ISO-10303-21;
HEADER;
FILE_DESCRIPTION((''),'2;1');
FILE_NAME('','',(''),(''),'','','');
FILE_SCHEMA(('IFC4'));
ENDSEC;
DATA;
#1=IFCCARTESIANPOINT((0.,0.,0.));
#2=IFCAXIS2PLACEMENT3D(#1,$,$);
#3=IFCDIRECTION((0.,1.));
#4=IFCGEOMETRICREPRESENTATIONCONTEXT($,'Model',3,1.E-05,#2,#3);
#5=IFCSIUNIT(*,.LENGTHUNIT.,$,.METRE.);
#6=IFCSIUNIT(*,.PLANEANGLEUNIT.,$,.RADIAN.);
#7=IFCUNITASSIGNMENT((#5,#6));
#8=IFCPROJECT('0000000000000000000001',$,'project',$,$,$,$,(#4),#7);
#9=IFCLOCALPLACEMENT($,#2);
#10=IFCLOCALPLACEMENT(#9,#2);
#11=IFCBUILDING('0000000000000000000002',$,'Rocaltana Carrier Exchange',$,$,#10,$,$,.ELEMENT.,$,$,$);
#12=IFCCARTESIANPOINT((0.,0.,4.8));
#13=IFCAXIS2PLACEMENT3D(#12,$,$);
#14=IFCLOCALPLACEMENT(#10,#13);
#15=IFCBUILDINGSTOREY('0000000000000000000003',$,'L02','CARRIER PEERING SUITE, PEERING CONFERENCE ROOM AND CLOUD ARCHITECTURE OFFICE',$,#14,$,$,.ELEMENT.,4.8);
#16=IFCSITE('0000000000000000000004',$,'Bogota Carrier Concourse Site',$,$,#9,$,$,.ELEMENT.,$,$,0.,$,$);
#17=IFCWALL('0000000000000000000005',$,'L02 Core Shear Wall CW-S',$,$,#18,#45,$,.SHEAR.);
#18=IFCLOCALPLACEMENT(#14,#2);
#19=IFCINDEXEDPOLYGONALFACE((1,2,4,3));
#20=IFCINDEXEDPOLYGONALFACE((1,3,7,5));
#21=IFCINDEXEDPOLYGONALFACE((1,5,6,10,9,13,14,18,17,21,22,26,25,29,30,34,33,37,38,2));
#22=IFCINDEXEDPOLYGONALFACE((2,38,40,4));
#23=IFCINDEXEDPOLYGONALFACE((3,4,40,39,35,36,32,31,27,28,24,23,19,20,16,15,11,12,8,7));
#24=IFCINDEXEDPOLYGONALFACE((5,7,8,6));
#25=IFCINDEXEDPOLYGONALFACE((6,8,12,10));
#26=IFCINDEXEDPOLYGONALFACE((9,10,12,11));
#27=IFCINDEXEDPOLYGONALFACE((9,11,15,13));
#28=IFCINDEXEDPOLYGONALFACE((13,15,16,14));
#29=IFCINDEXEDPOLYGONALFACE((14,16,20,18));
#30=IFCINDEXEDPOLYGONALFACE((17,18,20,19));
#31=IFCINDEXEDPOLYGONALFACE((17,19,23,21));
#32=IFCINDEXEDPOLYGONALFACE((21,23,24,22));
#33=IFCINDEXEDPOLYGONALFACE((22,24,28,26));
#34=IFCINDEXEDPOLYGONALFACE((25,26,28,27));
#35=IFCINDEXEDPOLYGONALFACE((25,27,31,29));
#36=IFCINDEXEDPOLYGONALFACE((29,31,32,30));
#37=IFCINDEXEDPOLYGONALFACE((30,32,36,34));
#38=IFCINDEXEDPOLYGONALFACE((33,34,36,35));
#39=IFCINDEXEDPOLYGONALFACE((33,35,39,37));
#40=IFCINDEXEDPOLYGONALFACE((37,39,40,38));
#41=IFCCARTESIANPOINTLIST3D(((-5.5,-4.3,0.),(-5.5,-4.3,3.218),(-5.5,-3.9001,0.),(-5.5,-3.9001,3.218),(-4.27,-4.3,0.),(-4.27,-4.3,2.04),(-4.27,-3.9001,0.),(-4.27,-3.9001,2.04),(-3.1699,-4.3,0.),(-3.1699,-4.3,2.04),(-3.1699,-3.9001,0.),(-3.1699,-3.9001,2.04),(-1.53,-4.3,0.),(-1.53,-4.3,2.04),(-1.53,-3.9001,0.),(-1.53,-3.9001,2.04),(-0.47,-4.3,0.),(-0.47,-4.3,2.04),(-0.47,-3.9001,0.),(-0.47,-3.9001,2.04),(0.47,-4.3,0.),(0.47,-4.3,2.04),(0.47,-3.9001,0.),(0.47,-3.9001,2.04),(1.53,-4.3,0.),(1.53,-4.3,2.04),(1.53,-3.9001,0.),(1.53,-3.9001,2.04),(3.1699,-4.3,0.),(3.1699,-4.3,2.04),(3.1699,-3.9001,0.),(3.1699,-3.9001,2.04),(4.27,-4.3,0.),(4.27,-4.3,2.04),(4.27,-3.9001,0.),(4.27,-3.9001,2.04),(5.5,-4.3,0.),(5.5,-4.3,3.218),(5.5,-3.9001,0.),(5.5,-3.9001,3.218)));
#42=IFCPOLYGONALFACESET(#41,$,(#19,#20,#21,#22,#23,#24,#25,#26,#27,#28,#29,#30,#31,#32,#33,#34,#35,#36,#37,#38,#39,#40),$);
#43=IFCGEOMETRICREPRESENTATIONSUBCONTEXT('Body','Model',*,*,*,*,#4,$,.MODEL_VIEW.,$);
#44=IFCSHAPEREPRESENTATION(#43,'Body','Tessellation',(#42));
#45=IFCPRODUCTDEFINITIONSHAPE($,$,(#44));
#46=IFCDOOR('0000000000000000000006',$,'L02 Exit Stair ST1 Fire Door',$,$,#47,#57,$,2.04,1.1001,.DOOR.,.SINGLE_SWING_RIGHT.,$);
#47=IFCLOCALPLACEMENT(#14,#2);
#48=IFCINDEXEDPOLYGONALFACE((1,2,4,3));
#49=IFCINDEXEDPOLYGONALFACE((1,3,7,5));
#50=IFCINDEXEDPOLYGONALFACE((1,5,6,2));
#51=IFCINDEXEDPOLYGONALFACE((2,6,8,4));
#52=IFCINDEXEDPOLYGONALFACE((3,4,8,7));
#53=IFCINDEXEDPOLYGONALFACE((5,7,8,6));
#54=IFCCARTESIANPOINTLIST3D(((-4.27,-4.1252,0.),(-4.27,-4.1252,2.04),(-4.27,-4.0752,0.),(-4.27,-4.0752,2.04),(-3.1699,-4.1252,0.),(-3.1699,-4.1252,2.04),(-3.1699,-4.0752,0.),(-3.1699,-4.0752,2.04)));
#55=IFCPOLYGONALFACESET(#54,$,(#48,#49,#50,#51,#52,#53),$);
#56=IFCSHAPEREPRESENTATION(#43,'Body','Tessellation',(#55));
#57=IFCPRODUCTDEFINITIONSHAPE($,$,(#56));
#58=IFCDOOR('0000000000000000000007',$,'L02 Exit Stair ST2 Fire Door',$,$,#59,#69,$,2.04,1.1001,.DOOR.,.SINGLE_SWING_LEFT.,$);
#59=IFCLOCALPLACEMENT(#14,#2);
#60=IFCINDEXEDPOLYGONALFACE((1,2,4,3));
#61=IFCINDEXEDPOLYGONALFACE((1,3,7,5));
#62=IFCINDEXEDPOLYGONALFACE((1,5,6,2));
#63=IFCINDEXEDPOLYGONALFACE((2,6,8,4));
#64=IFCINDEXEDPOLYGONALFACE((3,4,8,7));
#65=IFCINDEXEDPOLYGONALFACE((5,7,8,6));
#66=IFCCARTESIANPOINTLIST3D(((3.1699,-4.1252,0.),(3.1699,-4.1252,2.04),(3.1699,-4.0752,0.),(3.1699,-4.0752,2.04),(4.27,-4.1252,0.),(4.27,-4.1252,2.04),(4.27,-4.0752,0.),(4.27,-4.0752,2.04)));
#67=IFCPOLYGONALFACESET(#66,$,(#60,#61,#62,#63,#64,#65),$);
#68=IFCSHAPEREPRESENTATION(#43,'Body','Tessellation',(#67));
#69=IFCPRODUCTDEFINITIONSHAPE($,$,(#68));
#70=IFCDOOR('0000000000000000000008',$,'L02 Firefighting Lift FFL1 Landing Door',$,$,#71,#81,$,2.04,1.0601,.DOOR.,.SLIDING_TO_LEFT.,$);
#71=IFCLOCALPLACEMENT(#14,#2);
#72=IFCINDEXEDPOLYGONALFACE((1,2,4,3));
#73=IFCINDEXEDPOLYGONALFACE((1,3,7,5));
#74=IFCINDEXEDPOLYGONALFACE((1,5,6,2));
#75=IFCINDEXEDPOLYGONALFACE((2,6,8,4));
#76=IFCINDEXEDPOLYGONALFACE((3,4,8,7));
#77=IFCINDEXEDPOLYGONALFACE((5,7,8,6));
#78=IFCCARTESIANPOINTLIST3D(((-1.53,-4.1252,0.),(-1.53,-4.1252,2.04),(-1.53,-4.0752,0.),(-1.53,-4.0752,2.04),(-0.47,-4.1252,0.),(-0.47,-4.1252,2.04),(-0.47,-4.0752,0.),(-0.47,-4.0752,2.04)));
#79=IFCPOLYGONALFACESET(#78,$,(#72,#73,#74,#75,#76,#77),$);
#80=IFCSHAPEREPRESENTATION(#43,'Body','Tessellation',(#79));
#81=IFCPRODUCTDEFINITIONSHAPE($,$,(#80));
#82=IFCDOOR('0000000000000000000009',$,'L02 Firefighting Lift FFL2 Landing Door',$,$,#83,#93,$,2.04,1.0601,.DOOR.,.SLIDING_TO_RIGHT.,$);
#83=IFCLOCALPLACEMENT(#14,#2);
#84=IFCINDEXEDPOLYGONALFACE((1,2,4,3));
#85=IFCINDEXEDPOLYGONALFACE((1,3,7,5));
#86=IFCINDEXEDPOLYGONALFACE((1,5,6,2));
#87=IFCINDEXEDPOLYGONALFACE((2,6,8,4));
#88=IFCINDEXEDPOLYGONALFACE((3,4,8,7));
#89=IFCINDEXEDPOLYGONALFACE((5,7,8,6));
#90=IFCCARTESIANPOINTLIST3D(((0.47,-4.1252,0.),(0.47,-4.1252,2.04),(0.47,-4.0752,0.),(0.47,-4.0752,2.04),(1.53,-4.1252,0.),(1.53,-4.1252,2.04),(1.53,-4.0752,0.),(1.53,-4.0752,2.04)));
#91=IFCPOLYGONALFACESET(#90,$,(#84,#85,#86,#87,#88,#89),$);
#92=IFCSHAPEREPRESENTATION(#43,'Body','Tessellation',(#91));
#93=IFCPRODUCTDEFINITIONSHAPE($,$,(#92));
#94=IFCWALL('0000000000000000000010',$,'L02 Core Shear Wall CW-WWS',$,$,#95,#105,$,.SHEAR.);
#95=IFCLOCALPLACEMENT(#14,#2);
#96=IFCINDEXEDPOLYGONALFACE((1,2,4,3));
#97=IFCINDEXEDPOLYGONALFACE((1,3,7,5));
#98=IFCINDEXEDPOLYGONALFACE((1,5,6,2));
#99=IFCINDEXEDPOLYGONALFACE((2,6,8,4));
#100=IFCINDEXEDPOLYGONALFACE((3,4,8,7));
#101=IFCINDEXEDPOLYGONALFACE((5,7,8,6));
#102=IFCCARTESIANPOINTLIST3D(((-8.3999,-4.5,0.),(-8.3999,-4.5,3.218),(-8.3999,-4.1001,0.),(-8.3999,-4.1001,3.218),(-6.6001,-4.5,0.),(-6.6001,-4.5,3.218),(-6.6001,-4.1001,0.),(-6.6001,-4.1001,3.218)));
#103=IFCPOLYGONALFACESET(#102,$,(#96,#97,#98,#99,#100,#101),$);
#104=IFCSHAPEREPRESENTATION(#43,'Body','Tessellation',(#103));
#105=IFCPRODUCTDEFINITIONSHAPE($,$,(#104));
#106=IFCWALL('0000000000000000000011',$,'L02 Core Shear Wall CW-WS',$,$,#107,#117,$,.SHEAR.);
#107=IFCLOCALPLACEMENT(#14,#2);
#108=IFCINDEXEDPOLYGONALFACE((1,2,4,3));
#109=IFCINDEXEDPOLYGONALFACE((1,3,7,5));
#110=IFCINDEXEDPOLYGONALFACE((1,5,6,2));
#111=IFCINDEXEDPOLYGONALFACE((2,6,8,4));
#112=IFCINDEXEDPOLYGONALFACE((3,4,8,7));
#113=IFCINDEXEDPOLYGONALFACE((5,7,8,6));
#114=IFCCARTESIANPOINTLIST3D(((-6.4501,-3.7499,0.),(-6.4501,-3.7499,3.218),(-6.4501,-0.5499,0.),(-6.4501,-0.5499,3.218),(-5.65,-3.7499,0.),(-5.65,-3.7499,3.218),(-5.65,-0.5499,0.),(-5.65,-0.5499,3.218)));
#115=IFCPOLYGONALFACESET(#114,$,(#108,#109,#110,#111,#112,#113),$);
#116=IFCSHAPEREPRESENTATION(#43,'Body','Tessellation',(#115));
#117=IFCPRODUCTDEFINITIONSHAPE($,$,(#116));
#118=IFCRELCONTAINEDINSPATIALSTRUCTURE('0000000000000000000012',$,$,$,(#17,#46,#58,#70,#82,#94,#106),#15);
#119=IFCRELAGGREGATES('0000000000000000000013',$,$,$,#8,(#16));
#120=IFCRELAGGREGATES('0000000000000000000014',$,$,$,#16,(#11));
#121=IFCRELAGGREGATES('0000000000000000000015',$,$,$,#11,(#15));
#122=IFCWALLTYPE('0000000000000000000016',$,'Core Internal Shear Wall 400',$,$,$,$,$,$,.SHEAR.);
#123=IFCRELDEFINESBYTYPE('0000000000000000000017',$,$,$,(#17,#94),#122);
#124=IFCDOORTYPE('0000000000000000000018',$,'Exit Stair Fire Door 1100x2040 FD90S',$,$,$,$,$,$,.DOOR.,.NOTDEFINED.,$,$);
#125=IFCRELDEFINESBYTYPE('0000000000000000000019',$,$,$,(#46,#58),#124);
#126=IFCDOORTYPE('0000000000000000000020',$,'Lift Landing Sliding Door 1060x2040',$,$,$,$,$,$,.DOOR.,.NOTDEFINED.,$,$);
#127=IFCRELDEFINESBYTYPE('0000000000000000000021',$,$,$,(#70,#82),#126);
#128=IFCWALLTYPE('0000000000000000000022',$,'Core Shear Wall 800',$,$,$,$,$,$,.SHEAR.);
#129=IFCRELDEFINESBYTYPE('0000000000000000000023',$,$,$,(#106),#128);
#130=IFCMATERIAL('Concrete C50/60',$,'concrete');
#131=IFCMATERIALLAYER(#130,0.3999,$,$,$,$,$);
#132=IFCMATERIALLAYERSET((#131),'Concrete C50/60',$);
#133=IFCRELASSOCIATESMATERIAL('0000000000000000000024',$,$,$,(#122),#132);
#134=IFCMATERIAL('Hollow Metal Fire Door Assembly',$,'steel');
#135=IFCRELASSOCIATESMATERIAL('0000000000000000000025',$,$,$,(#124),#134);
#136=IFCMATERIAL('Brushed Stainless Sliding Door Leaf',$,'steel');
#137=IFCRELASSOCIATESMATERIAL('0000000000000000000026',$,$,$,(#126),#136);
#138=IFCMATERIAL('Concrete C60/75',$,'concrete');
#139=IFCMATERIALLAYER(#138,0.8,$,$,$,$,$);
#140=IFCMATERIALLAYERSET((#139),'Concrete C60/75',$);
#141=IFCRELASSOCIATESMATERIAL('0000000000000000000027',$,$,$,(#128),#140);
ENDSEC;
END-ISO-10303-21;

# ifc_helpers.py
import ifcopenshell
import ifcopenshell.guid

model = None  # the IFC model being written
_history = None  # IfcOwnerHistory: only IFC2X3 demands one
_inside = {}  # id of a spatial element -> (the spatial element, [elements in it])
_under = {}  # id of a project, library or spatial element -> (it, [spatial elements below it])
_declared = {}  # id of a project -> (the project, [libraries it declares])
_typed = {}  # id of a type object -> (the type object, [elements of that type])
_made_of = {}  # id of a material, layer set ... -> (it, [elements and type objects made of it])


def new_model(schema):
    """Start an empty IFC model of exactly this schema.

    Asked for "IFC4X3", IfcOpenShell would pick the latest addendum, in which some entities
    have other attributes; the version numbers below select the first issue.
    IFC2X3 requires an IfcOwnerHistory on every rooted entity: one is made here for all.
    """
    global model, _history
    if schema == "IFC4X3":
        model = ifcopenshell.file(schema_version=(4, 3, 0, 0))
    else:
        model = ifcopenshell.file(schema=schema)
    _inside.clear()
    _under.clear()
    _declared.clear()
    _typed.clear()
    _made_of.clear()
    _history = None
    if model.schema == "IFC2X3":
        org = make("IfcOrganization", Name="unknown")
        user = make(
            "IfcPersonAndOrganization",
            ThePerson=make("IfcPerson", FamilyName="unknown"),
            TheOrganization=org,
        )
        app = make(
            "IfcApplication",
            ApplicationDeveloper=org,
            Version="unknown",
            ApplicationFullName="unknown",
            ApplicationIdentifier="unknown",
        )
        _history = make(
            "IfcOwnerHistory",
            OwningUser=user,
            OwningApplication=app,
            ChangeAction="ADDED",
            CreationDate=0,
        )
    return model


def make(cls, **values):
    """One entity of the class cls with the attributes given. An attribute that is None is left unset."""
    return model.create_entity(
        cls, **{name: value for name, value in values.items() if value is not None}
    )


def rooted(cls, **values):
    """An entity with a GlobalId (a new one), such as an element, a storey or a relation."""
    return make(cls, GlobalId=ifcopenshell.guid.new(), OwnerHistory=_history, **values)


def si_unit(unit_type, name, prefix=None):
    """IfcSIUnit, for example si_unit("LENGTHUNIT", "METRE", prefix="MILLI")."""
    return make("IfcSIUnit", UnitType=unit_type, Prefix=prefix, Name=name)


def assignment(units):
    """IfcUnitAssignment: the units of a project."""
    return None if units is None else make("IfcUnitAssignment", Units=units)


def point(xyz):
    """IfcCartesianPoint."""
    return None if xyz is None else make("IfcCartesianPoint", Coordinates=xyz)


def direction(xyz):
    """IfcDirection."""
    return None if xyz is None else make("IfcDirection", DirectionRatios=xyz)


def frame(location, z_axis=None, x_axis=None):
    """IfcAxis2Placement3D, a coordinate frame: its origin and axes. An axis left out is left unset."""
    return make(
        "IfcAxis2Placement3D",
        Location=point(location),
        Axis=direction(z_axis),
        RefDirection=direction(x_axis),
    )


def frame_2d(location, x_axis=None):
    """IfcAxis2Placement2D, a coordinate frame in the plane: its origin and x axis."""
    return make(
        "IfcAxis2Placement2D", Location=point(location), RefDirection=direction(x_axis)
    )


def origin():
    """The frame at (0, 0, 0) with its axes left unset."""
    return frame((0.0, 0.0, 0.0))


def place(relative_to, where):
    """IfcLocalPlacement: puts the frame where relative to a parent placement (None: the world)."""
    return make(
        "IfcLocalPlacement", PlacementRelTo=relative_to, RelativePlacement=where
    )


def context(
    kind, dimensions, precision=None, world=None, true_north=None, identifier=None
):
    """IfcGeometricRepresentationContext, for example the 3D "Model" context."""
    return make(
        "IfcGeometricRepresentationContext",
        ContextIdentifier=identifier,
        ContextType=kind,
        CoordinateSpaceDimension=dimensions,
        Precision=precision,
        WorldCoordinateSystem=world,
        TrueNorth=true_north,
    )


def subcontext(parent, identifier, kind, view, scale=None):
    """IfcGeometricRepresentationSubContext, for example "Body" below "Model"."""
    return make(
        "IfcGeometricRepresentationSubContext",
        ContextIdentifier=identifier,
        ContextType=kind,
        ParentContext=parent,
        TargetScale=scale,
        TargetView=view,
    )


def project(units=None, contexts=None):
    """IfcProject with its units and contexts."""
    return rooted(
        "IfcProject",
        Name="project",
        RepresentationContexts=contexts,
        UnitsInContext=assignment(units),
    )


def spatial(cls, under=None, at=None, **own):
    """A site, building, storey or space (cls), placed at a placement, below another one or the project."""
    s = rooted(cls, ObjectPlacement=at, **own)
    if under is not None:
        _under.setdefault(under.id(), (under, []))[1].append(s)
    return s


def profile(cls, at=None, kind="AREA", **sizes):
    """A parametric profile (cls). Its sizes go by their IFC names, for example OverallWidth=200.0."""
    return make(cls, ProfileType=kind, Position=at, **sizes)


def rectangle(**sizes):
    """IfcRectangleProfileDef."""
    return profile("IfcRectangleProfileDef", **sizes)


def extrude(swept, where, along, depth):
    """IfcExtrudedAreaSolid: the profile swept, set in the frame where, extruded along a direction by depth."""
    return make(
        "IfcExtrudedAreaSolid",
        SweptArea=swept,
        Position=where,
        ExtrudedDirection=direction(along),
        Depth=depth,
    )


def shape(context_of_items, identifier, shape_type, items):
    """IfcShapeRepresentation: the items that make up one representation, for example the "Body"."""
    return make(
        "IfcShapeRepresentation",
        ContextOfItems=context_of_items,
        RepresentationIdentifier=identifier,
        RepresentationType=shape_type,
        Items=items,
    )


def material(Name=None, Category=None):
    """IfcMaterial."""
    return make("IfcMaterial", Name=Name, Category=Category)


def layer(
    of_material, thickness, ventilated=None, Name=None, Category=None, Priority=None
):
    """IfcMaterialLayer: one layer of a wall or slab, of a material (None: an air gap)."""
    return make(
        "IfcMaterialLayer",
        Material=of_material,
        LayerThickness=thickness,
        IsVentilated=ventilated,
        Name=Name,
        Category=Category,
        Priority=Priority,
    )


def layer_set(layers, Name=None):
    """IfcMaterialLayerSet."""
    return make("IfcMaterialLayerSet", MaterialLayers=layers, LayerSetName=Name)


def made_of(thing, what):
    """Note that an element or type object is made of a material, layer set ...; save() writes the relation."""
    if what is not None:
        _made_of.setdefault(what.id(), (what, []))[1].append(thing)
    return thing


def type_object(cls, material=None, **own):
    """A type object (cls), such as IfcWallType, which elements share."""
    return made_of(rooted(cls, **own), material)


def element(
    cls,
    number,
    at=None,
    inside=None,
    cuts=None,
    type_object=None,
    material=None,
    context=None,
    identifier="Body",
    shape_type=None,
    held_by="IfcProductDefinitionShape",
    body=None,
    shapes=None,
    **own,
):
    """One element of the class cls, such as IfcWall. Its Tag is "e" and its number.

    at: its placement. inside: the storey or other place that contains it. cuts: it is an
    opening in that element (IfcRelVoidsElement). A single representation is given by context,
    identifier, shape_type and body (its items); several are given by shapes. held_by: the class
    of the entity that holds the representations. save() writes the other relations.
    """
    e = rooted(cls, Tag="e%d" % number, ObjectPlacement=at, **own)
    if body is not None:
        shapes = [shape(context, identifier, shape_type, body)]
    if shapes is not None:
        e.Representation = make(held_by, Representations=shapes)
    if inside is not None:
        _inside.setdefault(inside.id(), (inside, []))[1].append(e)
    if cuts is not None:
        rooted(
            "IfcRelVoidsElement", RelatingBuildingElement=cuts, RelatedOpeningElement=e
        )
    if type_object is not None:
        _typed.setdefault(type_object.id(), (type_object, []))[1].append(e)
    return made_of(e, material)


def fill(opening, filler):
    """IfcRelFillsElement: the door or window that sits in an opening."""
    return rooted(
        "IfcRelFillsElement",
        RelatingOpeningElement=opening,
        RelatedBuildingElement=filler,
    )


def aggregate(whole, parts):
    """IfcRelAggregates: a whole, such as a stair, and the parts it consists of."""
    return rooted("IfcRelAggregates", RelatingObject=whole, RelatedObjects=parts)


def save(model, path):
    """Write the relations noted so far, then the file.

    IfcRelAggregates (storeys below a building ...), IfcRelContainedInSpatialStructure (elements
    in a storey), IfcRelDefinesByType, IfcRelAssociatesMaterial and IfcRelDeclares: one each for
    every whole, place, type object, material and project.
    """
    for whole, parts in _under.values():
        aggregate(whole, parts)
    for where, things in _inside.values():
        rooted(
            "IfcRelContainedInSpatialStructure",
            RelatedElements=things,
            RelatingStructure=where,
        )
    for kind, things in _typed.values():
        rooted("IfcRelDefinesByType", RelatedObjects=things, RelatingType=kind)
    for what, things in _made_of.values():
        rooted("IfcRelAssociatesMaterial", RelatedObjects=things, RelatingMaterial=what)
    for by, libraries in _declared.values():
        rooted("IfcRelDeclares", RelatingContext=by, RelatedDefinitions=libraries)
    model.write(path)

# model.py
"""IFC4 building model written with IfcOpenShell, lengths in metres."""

from ifc_helpers import new_model, si_unit, direction, frame, frame_2d, origin, place, context, subcontext, project, spatial, rectangle, extrude, material, layer, layer_set, type_object, element, fill, save


model = new_model("IFC4")

# Units and contexts
model_context = context("Model", 3, precision=1e-05, world=origin(), true_north=direction((0.0, 1.0)))
body_context = subcontext(model_context, "Body", "Model", "MODEL_VIEW")
ifc_project = project(units=[si_unit("LENGTHUNIT", "METRE"), si_unit("PLANEANGLEUNIT", "RADIAN")], contexts=[model_context])

# Site, building, storey
site_placement = place(None, origin())
site = spatial("IfcSite", under=ifc_project, at=site_placement, Name="Bogota Carrier Concourse Site", CompositionType="ELEMENT", RefElevation=0.0)
building_placement = place(site_placement, origin())
building = spatial("IfcBuilding", under=site, at=building_placement, Name="Rocaltana Carrier Exchange", CompositionType="ELEMENT")
storey_placement = place(building_placement, frame((0.0, 0.0, 4.8)))
storey = spatial("IfcBuildingStorey", under=building, at=storey_placement, Name="L02", Description="CARRIER PEERING SUITE, PEERING CONFERENCE ROOM AND CLOUD ARCHITECTURE OFFICE", CompositionType="ELEMENT", Elevation=4.8)

# Wall, openings, doors
ifc_material_1 = material(Name="Concrete C50/60", Category="concrete")
ifc_layer_1 = layer(ifc_material_1, 0.3999)
ifc_layer_set_1 = layer_set([ifc_layer_1], Name="Concrete C50/60")
wall_type_1 = type_object("IfcWallType", Name="Core Internal Shear Wall 400", PredefinedType="SHEAR", material=ifc_layer_set_1)
wall_1_placement = place(storey_placement, frame((-5.5, -4.1001, 0.0), z_axis=(0.0, 0.0, 1.0), x_axis=(1.0, 0.0, 0.0)))
wall_1 = element("IfcWall", 1, at=wall_1_placement, inside=storey, type_object=wall_type_1, Name="L02 Core Shear Wall CW-S", PredefinedType="SHEAR", context=body_context, shape_type="SweptSolid", body=[
    extrude(rectangle(XDim=11.0, YDim=0.3999, at=frame_2d((5.5, 0.0))), origin(), (0.0, 0.0, 1.0), 3.218),
])
opening_1_placement = place(wall_1_placement, frame((1.23, 0.0, 0.0)))
opening_1 = element("IfcOpeningElement", 2, at=opening_1_placement, cuts=wall_1, PredefinedType="OPENING", context=body_context, shape_type="SweptSolid", body=[
    extrude(rectangle(XDim=1.1001, YDim=2.04, at=frame_2d((0.55, 1.02))), frame((0.0, 0.21, 0.0), z_axis=(0.0, -1.0, 0.0), x_axis=(1.0, 0.0, 0.0)), (0.0, 0.0, 1.0), 0.4199),
])
opening_2_placement = place(wall_1_placement, frame((8.6699, 0.0, 0.0)))
opening_2 = element("IfcOpeningElement", 3, at=opening_2_placement, cuts=wall_1, PredefinedType="OPENING", context=body_context, shape_type="SweptSolid", body=[
    extrude(rectangle(XDim=1.1001, YDim=2.04, at=frame_2d((0.55, 1.02))), frame((0.0, 0.21, 0.0), z_axis=(0.0, -1.0, 0.0), x_axis=(1.0, 0.0, 0.0)), (0.0, 0.0, 1.0), 0.4199),
])
opening_3_placement = place(wall_1_placement, frame((3.97, 0.0, 0.0)))
opening_3 = element("IfcOpeningElement", 4, at=opening_3_placement, cuts=wall_1, PredefinedType="OPENING", context=body_context, shape_type="SweptSolid", body=[
    extrude(rectangle(XDim=1.0601, YDim=2.04, at=frame_2d((0.53, 1.02))), frame((0.0, 0.21, 0.0), z_axis=(0.0, -1.0, 0.0), x_axis=(1.0, 0.0, 0.0)), (0.0, 0.0, 1.0), 0.4199),
])
opening_4_placement = place(wall_1_placement, frame((5.97, 0.0, 0.0)))
opening_4 = element("IfcOpeningElement", 5, at=opening_4_placement, cuts=wall_1, PredefinedType="OPENING", context=body_context, shape_type="SweptSolid", body=[
    extrude(rectangle(XDim=1.0601, YDim=2.04, at=frame_2d((0.53, 1.02))), frame((0.0, 0.21, 0.0), z_axis=(0.0, -1.0, 0.0), x_axis=(1.0, 0.0, 0.0)), (0.0, 0.0, 1.0), 0.4199),
])
ifc_material_2 = material(Name="Hollow Metal Fire Door Assembly", Category="steel")
door_type_1 = type_object("IfcDoorType", Name="Exit Stair Fire Door 1100x2040 FD90S", OperationType="NOTDEFINED", PredefinedType="DOOR", material=ifc_material_2)
door_1_placement = place(opening_1_placement, origin())
door_1 = element("IfcDoor", 6, at=door_1_placement, inside=storey, type_object=door_type_1, Name="L02 Exit Stair ST1 Fire Door", OperationType="SINGLE_SWING_RIGHT", OverallHeight=2.04, OverallWidth=1.1001, PredefinedType="DOOR", context=body_context, shape_type="SweptSolid", body=[
    extrude(rectangle(XDim=1.1001, YDim=2.04, at=frame_2d((0.55, 1.02))), frame((0.0, 0.0249, 0.0), z_axis=(0.0, -1.0, 0.0), x_axis=(1.0, 0.0, 0.0)), (0.0, 0.0, 1.0), 0.05),
])
fill(opening_1, door_1)
door_2_placement = place(opening_2_placement, origin())
door_2 = element("IfcDoor", 7, at=door_2_placement, inside=storey, type_object=door_type_1, Name="L02 Exit Stair ST2 Fire Door", OperationType="SINGLE_SWING_LEFT", OverallHeight=2.04, OverallWidth=1.1001, PredefinedType="DOOR", context=body_context, shape_type="SweptSolid", body=[
    extrude(rectangle(XDim=1.1001, YDim=2.04, at=frame_2d((0.55, 1.02))), frame((0.0, 0.0249, 0.0), z_axis=(0.0, -1.0, 0.0), x_axis=(1.0, 0.0, 0.0)), (0.0, 0.0, 1.0), 0.05),
])
fill(opening_2, door_2)
ifc_material_3 = material(Name="Brushed Stainless Sliding Door Leaf", Category="steel")
door_type_2 = type_object("IfcDoorType", Name="Lift Landing Sliding Door 1060x2040", OperationType="NOTDEFINED", PredefinedType="DOOR", material=ifc_material_3)
door_3_placement = place(opening_3_placement, origin())
door_3 = element("IfcDoor", 8, at=door_3_placement, inside=storey, type_object=door_type_2, Name="L02 Firefighting Lift FFL1 Landing Door", OperationType="SLIDING_TO_LEFT", OverallHeight=2.04, OverallWidth=1.0601, PredefinedType="DOOR", context=body_context, shape_type="SweptSolid", body=[
    extrude(rectangle(XDim=1.0601, YDim=2.04, at=frame_2d((0.53, 1.02))), frame((0.0, 0.0249, 0.0), z_axis=(0.0, -1.0, 0.0), x_axis=(1.0, 0.0, 0.0)), (0.0, 0.0, 1.0), 0.05),
])
fill(opening_3, door_3)
door_4_placement = place(opening_4_placement, origin())
door_4 = element("IfcDoor", 9, at=door_4_placement, inside=storey, type_object=door_type_2, Name="L02 Firefighting Lift FFL2 Landing Door", OperationType="SLIDING_TO_RIGHT", OverallHeight=2.04, OverallWidth=1.0601, PredefinedType="DOOR", context=body_context, shape_type="SweptSolid", body=[
    extrude(rectangle(XDim=1.0601, YDim=2.04, at=frame_2d((0.53, 1.02))), frame((0.0, 0.0249, 0.0), z_axis=(0.0, -1.0, 0.0), x_axis=(1.0, 0.0, 0.0)), (0.0, 0.0, 1.0), 0.05),
])
fill(opening_4, door_4)

# Walls
wall_2_placement = place(storey_placement, frame((-8.3999, -4.3, 0.0), z_axis=(0.0, 0.0, 1.0), x_axis=(1.0, 0.0, 0.0)))
element("IfcWall", 10, at=wall_2_placement, inside=storey, type_object=wall_type_1, Name="L02 Core Shear Wall CW-WWS", PredefinedType="SHEAR", context=body_context, shape_type="SweptSolid", body=[
    extrude(rectangle(XDim=1.7998, YDim=0.3999, at=frame_2d((0.8999, 0.0))), origin(), (0.0, 0.0, 1.0), 3.218),
])
ifc_material_4 = material(Name="Concrete C60/75", Category="concrete")
ifc_layer_2 = layer(ifc_material_4, 0.8)
ifc_layer_set_2 = layer_set([ifc_layer_2], Name="Concrete C60/75")
wall_type_2 = type_object("IfcWallType", Name="Core Shear Wall 800", PredefinedType="SHEAR", material=ifc_layer_set_2)
wall_3_placement = place(storey_placement, frame((-6.05, -3.75, 0.0), z_axis=(0.0, 0.0, 1.0), x_axis=(0.0, 1.0, 0.0)))
element("IfcWall", 11, at=wall_3_placement, inside=storey, type_object=wall_type_2, Name="L02 Core Shear Wall CW-WS", PredefinedType="SHEAR", context=body_context, shape_type="SweptSolid", body=[
    extrude(rectangle(XDim=3.2, YDim=0.8, at=frame_2d((1.6001, 0.0))), origin(), (0.0, 0.0, 1.0), 3.218),
])

save(model, "model.ifc")
